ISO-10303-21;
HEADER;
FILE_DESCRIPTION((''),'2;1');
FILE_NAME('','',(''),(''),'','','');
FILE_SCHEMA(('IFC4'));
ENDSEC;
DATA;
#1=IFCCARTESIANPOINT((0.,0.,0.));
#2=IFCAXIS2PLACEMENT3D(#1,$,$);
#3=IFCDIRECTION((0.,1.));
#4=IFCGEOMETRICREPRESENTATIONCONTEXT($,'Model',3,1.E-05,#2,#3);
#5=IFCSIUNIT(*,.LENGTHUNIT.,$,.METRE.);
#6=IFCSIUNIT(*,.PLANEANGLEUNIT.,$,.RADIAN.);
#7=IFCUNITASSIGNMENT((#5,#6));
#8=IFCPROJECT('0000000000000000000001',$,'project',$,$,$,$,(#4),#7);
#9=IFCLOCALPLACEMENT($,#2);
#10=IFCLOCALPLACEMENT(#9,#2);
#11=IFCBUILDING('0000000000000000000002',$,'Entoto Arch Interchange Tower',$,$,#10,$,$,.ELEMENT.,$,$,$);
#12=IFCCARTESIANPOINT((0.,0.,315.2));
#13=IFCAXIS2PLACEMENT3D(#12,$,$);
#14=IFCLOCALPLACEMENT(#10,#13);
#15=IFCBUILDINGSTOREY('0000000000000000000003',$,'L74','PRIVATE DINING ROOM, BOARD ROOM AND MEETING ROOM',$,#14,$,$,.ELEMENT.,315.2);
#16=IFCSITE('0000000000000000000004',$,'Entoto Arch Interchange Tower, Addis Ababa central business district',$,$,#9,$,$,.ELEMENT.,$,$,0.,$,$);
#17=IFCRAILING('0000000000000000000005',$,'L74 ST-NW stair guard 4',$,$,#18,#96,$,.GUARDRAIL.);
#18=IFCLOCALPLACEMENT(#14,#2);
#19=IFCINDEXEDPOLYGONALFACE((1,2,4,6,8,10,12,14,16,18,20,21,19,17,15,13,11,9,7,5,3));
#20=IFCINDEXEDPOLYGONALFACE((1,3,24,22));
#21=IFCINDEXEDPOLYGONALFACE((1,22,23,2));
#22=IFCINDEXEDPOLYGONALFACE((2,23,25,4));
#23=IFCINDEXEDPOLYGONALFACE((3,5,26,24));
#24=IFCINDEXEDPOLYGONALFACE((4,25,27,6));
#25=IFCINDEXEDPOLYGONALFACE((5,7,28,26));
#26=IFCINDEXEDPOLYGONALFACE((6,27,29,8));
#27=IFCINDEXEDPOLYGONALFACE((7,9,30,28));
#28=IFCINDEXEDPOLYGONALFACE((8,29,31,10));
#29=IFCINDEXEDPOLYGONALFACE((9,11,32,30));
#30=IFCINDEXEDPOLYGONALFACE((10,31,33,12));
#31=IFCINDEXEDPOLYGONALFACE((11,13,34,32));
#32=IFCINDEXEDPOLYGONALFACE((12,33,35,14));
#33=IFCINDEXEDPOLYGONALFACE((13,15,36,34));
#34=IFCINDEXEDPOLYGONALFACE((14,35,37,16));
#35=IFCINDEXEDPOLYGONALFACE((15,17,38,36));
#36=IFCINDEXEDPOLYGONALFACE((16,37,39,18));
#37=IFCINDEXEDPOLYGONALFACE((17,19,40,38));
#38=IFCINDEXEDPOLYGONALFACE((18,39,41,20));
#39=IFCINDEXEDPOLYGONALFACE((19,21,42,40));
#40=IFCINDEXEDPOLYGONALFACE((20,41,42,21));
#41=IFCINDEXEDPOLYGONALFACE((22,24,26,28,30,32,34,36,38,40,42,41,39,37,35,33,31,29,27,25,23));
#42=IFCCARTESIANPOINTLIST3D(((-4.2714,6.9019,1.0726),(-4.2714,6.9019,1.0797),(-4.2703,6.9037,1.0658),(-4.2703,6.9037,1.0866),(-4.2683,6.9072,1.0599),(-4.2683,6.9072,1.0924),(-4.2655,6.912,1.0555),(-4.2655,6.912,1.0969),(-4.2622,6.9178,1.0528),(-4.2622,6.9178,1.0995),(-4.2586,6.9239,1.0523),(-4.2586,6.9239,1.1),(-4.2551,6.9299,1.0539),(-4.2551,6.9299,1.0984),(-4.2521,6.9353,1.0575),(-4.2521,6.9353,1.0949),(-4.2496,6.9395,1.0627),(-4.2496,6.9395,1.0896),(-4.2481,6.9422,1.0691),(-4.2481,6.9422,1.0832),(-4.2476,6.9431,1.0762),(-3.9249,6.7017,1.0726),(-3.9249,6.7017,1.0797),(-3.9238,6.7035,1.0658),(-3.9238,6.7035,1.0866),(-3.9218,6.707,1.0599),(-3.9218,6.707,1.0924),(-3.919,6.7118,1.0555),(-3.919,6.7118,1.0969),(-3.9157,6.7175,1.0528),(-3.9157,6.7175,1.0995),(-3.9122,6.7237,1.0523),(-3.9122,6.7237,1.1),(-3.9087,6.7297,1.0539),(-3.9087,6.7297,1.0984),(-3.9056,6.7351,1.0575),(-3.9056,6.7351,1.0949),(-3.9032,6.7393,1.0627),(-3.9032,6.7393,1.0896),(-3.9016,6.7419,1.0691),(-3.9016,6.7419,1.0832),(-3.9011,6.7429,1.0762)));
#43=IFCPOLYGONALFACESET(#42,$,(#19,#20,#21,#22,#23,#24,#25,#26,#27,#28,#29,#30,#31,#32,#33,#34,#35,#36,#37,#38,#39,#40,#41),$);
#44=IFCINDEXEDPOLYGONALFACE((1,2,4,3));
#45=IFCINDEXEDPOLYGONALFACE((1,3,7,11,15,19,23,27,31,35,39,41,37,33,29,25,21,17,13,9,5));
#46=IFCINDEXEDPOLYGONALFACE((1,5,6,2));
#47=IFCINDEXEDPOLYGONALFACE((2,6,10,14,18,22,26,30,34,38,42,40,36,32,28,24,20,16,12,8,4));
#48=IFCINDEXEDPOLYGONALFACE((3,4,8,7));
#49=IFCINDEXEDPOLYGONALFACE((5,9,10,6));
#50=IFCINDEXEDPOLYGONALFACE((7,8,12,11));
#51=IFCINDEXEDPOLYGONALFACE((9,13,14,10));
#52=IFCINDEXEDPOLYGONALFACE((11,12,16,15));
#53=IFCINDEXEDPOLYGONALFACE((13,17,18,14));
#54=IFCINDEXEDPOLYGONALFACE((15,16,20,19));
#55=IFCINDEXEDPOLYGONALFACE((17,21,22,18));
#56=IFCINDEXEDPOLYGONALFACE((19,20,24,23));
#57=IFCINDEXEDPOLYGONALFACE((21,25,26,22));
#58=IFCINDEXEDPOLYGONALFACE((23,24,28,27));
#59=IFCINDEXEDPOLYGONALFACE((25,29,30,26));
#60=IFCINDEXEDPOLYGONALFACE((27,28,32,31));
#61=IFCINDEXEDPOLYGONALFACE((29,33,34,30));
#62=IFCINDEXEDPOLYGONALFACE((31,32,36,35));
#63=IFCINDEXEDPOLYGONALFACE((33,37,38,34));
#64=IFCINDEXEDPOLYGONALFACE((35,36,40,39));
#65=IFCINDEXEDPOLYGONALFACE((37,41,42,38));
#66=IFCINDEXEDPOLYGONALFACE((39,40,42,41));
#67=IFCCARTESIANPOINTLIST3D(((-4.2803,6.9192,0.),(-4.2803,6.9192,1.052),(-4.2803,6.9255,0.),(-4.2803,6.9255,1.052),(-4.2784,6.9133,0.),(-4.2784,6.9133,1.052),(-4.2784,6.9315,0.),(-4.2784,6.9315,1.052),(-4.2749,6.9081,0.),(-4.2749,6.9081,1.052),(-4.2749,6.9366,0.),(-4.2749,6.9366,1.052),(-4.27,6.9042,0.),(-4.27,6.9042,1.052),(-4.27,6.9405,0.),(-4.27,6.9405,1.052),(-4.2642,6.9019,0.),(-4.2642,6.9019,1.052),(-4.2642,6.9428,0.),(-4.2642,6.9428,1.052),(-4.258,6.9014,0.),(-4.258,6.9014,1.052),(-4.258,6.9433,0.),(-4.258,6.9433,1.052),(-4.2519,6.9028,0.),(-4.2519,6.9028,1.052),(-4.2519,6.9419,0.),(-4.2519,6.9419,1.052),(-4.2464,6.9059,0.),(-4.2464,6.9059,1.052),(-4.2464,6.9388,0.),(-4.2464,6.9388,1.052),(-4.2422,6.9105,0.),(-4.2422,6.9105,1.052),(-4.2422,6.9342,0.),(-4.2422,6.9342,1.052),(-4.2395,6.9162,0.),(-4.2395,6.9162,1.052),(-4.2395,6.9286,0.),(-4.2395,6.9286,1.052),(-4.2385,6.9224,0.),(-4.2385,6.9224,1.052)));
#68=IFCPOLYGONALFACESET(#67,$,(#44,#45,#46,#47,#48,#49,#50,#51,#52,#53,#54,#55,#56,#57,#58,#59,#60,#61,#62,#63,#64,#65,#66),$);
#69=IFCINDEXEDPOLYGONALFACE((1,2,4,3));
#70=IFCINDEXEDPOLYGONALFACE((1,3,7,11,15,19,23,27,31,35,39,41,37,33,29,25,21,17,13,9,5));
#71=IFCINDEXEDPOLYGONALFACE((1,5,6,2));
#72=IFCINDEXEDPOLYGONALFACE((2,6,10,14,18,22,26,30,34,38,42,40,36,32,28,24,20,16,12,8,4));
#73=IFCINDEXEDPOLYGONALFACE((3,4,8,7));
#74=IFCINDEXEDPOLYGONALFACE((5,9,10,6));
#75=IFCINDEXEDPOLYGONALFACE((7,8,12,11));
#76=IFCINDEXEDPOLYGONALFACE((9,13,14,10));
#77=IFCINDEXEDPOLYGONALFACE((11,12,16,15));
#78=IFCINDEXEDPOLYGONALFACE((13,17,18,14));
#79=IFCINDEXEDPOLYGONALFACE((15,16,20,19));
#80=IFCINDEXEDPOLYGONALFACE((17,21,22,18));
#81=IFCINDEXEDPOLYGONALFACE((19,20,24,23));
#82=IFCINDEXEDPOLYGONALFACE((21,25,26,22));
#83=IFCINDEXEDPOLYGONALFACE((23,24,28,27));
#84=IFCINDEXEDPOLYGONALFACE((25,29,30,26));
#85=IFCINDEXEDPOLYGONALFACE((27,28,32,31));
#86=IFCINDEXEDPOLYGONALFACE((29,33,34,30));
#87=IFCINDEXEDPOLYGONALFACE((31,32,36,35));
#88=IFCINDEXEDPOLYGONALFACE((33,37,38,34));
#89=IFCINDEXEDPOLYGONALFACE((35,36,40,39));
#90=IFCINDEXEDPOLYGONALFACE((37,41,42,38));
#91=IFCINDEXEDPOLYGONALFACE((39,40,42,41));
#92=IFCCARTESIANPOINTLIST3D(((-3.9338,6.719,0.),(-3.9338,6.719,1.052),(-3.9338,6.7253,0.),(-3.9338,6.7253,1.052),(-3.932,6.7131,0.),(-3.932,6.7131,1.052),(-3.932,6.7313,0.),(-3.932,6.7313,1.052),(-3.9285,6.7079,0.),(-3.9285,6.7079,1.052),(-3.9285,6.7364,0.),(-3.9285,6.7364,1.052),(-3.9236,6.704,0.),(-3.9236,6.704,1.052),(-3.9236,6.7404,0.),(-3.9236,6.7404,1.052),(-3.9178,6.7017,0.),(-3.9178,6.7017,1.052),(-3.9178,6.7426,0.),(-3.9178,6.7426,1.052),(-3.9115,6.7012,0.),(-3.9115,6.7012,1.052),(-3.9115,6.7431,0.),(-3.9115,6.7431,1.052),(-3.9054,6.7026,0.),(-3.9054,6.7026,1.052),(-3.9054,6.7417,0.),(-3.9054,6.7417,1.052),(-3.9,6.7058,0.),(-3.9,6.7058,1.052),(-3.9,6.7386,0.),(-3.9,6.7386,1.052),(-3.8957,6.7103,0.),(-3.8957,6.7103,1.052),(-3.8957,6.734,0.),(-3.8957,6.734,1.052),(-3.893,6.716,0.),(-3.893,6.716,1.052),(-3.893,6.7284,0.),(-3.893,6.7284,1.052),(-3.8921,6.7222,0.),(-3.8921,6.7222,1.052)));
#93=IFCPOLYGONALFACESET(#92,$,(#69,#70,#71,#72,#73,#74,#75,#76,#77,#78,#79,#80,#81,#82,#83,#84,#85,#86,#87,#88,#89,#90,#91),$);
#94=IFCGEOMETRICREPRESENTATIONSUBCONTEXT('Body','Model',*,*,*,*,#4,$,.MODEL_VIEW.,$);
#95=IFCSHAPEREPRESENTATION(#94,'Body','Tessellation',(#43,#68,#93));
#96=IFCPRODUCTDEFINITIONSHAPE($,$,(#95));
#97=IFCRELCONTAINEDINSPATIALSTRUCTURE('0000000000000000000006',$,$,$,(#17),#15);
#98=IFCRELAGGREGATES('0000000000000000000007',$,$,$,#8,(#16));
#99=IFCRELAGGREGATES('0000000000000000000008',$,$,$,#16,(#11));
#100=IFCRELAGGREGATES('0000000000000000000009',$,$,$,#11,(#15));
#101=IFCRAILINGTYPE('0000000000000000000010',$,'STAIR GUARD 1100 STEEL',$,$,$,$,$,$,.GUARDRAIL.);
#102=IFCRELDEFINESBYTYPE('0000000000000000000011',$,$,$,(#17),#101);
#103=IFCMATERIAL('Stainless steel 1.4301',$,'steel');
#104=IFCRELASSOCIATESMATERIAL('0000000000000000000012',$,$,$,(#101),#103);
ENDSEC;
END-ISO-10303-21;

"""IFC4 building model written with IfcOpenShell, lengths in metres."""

from ifc_helpers import new_model, si_unit, direction, frame, origin, origin_2d, place, context, subcontext, project, spatial, circle, extrude, material, type_object, element, save


model = new_model("IFC4")

# Units and contexts
model_context = context("Model", 3, precision=1e-05, world=origin(), true_north=direction((0.0, 1.0)))
body_context = subcontext(model_context, "Body", "Model", "MODEL_VIEW")
ifc_project = project(units=[si_unit("LENGTHUNIT", "METRE"), si_unit("PLANEANGLEUNIT", "RADIAN")], contexts=[model_context])

# Site, building, storey
site_placement = place(None, origin())
site = spatial("IfcSite", under=ifc_project, at=site_placement, Name="Entoto Arch Interchange Tower, Addis Ababa central business district", CompositionType="ELEMENT", RefElevation=0.0)
building_placement = place(site_placement, origin())
building = spatial("IfcBuilding", under=site, at=building_placement, Name="Entoto Arch Interchange Tower", CompositionType="ELEMENT")
storey_placement = place(building_placement, frame((0.0, 0.0, 315.2)))
storey = spatial("IfcBuildingStorey", under=building, at=storey_placement, Name="L74", Description="PRIVATE DINING ROOM, BOARD ROOM AND MEETING ROOM", CompositionType="ELEMENT", Elevation=315.2)

# Railing
ifc_material_1 = material(Name="Stainless steel 1.4301", Category="steel")
railing_type_1 = type_object("IfcRailingType", Name="STAIR GUARD 1100 STEEL", PredefinedType="GUARDRAIL", material=ifc_material_1)
railing_1_placement = place(storey_placement, frame((-4.2595, 6.9224, 0.0)))
element("IfcRailing", 1, at=railing_1_placement, inside=storey, type_object=railing_type_1, Name="L74 ST-NW stair guard 4", PredefinedType="GUARDRAIL", context=body_context, shape_type="SweptSolid", body=[
    extrude(circle(Radius=0.0239, at=origin_2d()), frame((0.0, 0.0, 1.0762), z_axis=(0.86583, -0.500339, 0.0), x_axis=(0.500339, 0.86583, 0.0)), (0.0, 0.0, 1.0), 0.4001),
    extrude(circle(Radius=0.021, at=origin_2d()), origin(), (0.0, 0.0, 1.0), 1.052),
    extrude(circle(Radius=0.021, at=origin_2d()), frame((0.3464, -0.2002, 0.0)), (0.0, 0.0, 1.0), 1.052),
])

save(model, "model.ifc")
